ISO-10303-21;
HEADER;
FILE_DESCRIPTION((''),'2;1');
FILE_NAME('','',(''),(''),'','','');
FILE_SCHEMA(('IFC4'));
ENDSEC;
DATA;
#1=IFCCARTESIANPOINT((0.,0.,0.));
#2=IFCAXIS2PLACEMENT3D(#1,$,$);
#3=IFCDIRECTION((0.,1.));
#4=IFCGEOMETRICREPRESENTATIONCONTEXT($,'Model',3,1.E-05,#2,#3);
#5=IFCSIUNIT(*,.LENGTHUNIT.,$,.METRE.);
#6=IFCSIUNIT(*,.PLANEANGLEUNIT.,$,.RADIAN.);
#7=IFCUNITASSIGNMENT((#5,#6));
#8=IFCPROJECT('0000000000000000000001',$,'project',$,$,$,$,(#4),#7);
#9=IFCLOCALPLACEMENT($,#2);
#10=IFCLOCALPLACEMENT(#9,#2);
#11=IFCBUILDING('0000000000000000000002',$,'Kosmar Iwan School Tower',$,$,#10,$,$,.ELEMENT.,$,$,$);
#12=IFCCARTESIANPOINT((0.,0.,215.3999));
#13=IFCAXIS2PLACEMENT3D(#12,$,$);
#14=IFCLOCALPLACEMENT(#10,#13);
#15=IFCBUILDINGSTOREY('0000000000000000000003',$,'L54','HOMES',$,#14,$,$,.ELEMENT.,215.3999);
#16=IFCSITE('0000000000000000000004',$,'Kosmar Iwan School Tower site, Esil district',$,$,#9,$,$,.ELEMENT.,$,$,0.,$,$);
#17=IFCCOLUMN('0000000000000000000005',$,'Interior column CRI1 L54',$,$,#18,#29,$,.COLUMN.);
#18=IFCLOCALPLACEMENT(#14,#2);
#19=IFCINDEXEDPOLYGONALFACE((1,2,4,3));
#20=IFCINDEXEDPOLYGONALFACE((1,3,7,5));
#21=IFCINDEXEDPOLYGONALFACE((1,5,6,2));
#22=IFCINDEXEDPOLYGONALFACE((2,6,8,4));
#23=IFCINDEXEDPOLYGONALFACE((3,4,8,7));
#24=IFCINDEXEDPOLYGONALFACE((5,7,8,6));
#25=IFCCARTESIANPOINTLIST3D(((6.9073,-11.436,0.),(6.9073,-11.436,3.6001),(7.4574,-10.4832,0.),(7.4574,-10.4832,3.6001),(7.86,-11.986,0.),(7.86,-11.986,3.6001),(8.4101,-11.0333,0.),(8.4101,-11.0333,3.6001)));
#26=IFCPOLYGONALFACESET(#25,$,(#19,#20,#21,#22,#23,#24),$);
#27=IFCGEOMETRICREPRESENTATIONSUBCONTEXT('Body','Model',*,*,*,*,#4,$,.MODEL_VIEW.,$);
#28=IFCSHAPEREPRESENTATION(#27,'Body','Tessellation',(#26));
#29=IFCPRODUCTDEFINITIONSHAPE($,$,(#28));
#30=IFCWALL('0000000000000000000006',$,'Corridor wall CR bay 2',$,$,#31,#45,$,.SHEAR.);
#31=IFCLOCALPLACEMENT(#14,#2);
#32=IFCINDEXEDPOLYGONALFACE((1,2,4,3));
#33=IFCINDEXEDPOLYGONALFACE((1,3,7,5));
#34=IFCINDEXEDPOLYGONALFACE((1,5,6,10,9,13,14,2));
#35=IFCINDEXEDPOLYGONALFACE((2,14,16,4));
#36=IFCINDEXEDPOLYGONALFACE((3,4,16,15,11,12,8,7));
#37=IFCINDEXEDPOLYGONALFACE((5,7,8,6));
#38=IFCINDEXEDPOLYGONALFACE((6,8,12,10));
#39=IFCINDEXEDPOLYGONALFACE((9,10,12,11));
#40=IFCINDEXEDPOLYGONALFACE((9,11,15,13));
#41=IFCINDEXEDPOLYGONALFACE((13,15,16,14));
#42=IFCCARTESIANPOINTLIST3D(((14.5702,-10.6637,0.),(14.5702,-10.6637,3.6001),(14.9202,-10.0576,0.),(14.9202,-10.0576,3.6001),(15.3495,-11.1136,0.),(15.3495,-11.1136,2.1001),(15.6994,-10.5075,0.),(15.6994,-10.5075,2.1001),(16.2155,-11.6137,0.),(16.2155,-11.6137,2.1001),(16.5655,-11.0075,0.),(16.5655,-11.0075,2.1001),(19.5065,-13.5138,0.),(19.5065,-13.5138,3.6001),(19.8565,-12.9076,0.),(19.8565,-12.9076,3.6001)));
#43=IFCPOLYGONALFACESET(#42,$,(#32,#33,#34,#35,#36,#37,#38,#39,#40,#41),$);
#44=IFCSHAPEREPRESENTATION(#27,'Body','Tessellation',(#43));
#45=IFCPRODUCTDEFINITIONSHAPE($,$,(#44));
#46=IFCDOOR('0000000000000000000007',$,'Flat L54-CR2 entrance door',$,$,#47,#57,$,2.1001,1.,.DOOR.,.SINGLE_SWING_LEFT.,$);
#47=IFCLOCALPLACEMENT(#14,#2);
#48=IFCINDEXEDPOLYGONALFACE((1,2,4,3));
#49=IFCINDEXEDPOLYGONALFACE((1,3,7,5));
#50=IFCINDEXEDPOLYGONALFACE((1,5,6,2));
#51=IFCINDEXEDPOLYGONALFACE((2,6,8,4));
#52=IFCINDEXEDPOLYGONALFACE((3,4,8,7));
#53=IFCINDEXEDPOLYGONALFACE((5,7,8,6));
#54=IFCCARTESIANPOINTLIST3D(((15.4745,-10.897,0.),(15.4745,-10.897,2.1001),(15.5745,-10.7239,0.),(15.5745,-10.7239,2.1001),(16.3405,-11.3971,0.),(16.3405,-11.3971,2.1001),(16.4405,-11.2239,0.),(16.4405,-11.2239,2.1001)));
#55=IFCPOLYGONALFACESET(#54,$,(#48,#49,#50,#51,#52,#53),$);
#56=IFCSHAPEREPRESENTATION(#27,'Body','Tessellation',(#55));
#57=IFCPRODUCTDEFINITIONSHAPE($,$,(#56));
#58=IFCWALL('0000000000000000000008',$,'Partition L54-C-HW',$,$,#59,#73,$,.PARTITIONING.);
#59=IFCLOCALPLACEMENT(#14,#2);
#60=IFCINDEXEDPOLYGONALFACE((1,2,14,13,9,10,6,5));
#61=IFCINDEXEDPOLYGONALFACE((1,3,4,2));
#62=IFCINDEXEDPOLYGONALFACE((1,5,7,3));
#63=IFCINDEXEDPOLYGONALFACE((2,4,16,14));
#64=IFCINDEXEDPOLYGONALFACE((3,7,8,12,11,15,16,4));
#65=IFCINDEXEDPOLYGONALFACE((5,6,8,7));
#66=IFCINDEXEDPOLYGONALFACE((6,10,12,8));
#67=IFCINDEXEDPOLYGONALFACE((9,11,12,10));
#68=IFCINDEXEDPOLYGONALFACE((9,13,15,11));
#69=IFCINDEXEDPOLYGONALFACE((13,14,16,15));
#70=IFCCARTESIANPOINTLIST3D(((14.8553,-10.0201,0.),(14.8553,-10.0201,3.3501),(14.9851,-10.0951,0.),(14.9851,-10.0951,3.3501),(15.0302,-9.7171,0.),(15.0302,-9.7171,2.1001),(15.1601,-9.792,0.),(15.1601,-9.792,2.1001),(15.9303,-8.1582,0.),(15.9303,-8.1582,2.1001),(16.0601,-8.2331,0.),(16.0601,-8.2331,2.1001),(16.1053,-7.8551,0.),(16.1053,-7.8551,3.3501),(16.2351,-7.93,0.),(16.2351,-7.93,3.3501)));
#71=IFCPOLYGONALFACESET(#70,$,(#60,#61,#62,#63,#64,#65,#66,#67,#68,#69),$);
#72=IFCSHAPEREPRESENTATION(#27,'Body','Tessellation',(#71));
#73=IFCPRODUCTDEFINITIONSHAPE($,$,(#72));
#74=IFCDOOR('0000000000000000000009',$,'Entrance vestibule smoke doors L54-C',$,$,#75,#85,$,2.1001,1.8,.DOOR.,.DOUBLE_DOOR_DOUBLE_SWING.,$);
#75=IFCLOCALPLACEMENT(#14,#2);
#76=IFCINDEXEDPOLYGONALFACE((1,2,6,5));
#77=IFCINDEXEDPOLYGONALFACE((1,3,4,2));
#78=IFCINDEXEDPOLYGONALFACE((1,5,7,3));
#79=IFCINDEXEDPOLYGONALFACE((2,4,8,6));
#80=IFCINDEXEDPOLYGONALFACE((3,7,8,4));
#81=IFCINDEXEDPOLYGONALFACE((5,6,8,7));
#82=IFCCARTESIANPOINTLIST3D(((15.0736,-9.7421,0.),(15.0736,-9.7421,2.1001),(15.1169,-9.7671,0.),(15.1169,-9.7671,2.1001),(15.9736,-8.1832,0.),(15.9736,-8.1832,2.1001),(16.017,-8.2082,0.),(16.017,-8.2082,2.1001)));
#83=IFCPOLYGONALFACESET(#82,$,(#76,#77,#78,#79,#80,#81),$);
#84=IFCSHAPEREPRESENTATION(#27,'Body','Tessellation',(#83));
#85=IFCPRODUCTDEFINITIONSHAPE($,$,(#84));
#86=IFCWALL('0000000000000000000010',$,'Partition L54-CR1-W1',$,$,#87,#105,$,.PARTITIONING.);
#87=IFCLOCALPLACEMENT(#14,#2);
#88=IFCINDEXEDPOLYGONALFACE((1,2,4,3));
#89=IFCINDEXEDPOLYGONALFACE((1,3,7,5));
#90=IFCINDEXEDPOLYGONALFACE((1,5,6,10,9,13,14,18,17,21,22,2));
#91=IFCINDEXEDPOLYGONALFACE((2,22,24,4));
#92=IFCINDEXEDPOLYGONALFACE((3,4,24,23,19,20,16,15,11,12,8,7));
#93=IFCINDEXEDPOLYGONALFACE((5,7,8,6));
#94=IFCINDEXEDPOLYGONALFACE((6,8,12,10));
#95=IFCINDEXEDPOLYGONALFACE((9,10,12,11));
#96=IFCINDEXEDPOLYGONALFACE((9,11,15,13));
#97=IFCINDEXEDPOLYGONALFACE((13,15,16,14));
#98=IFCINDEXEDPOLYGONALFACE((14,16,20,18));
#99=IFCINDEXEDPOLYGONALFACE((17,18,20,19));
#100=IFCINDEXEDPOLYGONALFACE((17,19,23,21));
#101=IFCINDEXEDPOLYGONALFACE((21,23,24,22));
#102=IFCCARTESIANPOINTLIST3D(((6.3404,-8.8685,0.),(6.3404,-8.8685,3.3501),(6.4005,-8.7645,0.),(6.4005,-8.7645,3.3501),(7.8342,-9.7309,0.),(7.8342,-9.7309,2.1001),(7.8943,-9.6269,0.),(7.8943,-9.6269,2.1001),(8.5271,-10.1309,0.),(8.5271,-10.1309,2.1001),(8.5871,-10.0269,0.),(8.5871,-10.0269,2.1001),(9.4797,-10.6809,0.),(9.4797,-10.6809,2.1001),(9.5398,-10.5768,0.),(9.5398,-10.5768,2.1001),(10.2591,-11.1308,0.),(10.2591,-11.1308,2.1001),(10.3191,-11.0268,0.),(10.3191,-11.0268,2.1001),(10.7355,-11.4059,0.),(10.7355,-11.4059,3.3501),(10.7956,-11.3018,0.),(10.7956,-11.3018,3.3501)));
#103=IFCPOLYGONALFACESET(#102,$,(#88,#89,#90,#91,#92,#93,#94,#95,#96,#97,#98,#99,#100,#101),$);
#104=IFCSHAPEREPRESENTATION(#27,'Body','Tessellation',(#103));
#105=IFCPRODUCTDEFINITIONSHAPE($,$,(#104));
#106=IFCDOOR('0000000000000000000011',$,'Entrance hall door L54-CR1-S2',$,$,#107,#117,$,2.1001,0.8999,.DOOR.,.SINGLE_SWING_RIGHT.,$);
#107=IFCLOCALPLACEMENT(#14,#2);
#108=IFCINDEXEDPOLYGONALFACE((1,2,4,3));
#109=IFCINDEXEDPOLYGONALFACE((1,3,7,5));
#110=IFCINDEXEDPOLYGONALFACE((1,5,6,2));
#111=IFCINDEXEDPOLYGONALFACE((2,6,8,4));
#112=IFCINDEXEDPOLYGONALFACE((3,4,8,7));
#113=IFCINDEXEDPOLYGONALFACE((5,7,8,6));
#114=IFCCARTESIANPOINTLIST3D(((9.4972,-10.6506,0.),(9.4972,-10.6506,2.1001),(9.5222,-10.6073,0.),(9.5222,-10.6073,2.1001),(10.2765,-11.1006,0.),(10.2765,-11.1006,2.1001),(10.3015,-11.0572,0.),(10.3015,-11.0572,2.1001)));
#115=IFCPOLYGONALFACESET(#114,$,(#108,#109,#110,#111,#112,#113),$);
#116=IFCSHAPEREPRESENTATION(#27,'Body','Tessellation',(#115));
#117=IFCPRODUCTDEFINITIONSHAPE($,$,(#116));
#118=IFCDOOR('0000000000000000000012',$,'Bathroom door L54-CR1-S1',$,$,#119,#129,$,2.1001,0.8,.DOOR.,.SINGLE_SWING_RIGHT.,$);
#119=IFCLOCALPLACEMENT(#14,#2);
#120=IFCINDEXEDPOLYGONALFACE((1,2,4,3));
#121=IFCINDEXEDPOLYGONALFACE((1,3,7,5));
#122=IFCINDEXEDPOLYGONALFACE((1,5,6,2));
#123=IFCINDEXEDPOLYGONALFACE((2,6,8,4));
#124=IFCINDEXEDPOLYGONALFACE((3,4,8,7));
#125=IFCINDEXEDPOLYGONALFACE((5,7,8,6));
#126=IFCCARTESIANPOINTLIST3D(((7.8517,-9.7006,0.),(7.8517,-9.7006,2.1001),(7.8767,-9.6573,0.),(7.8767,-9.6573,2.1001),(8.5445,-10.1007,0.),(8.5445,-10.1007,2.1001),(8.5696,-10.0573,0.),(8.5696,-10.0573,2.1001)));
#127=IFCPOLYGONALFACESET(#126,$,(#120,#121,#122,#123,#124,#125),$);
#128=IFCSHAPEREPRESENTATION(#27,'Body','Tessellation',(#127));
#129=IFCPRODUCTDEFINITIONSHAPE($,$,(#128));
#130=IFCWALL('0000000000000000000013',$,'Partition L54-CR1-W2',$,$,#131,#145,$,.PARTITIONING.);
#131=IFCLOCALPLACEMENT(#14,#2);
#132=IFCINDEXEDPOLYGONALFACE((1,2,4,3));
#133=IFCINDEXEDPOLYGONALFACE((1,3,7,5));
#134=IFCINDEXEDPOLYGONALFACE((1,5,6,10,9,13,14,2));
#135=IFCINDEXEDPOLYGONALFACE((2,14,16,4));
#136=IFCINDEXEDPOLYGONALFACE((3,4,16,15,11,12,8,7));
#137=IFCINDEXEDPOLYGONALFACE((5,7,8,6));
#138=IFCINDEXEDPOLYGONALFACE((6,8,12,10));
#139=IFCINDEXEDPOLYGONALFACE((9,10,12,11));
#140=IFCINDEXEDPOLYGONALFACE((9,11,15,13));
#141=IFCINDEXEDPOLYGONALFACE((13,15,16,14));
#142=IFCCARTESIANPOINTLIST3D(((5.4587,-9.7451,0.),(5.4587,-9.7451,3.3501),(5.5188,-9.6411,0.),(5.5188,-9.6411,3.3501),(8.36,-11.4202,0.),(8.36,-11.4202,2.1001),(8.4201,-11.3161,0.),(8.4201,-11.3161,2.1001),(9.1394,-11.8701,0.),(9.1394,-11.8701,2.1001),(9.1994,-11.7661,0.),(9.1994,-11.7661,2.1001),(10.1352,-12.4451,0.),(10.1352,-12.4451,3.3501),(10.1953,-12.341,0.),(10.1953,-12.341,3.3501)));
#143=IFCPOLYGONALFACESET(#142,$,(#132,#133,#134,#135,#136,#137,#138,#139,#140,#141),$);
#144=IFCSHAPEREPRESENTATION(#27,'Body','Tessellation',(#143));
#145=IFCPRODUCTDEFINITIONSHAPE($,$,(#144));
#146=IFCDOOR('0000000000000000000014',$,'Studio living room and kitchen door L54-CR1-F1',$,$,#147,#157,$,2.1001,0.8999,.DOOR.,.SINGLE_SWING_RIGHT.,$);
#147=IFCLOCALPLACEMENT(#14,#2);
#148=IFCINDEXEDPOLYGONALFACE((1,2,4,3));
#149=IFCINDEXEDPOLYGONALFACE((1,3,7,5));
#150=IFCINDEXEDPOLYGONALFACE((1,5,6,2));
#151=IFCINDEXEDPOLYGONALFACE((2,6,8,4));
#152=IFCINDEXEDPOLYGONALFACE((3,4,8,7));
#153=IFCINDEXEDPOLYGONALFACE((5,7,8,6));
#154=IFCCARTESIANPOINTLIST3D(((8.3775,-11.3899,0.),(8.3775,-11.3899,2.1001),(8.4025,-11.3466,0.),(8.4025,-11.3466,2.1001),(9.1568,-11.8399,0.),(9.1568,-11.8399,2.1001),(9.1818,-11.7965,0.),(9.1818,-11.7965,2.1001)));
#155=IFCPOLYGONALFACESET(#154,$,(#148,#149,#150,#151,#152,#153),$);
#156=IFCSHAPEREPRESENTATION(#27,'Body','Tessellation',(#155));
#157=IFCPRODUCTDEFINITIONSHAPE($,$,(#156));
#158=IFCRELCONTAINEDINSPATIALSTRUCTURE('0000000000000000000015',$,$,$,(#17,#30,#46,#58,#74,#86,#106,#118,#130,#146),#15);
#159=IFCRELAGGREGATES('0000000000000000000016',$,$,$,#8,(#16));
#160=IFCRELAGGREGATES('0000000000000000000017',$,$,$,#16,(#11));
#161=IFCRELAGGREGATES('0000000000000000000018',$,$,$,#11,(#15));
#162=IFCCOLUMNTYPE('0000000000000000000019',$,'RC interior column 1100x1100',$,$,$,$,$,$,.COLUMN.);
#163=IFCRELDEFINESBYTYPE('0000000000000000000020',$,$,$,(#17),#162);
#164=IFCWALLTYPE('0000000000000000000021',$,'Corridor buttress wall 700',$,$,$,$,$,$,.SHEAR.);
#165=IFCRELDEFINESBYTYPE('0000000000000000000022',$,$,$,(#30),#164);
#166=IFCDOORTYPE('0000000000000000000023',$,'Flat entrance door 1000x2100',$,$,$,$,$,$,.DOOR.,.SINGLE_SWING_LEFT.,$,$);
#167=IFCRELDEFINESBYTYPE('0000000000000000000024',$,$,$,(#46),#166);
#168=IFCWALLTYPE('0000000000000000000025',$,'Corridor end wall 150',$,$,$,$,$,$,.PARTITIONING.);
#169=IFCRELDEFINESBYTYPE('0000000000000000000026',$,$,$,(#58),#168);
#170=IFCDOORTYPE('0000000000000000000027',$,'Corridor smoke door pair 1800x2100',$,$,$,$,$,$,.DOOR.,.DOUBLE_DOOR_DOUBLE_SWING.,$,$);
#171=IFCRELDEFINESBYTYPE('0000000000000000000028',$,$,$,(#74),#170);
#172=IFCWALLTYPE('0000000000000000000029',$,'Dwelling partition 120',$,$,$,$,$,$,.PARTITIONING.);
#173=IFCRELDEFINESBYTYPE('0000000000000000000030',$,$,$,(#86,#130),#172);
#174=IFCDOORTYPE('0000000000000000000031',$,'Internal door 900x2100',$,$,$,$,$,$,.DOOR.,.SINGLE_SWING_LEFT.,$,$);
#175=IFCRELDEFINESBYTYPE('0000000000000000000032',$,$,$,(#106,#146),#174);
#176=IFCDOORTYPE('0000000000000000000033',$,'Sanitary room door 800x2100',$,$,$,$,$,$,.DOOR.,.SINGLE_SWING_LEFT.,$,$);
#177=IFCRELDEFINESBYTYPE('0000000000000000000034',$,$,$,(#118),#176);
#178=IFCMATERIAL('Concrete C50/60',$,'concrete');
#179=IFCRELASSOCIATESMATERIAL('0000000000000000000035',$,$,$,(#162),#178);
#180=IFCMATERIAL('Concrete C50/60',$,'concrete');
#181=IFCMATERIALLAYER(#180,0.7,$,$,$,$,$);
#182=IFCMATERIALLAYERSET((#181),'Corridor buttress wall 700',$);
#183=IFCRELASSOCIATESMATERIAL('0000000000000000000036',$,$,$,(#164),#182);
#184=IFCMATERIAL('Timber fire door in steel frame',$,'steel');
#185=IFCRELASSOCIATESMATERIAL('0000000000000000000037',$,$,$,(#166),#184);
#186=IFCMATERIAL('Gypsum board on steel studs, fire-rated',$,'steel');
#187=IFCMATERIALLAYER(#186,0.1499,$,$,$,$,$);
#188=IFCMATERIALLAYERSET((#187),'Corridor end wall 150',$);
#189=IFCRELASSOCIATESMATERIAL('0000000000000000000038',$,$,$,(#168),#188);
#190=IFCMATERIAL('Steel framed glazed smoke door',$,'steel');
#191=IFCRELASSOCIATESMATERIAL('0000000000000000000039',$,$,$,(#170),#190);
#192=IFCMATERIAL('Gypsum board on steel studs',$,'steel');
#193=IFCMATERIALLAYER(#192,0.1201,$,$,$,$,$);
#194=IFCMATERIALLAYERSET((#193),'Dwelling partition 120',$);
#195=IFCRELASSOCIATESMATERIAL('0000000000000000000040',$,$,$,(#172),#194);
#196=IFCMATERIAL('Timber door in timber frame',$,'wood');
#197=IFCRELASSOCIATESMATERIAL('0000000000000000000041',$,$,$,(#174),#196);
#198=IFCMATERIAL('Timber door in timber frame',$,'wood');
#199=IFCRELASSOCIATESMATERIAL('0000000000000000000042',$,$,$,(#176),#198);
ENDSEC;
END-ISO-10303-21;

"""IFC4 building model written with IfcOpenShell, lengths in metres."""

from ifc_helpers import new_model, si_unit, direction, frame, frame_2d, origin, origin_2d, place, context, subcontext, project, spatial, rectangle, extrude, material, layer, layer_set, material_profile, profile_set, type_object, element, fill, save


model = new_model("IFC4")

# Units and contexts
model_context = context("Model", 3, precision=1e-05, world=origin(), true_north=direction((0.0, 1.0)))
body_context = subcontext(model_context, "Body", "Model", "MODEL_VIEW")
ifc_project = project(units=[si_unit("LENGTHUNIT", "METRE"), si_unit("PLANEANGLEUNIT", "RADIAN")], contexts=[model_context])

# Site, building, storey
site_placement = place(None, origin())
site = spatial("IfcSite", under=ifc_project, at=site_placement, Name="Kosmar Iwan School Tower site, Esil district", CompositionType="ELEMENT", RefElevation=0.0)
building_placement = place(site_placement, origin())
building = spatial("IfcBuilding", under=site, at=building_placement, Name="Kosmar Iwan School Tower", CompositionType="ELEMENT")
storey_placement = place(building_placement, frame((0.0, 0.0, 215.3999)))
storey = spatial("IfcBuildingStorey", under=building, at=storey_placement, Name="L54", Description="HOMES", CompositionType="ELEMENT", Elevation=215.3999)

# Column
ifc_material_1 = material(Name="Concrete C50/60", Category="concrete")
ifc_material_profile = material_profile(ifc_material_1, rectangle(XDim=1.1001, YDim=1.1001, at=origin_2d()), Name="RC 1100x1100")
ifc_profile_set = profile_set([ifc_material_profile], Name="Concrete C50/60")
column_type = type_object("IfcColumnType", Name="RC interior column 1100x1100", PredefinedType="COLUMN", material=ifc_profile_set)
column_placement = place(storey_placement, frame((7.6587, -11.2346, 0.0), z_axis=(0.0, 0.0, 1.0), x_axis=(0.866025, -0.5, 0.0)))
element("IfcColumn", 1, at=column_placement, inside=storey, type_object=column_type, Name="Interior column CRI1 L54", PredefinedType="COLUMN", context=body_context, shape_type="SweptSolid", body=[
    extrude(rectangle(XDim=1.1001, YDim=1.1001, at=origin_2d()), origin(), (0.0, 0.0, 1.0), 3.6001),
])

# Walls, openings, doors
ifc_material_2 = material(Name="Concrete C50/60", Category="concrete")
ifc_layer_1 = layer(ifc_material_2, 0.7)
ifc_layer_set_1 = layer_set([ifc_layer_1], Name="Corridor buttress wall 700")
wall_type_1 = type_object("IfcWallType", Name="Corridor buttress wall 700", PredefinedType="SHEAR", material=ifc_layer_set_1)
wall_1_placement = place(storey_placement, frame((14.7451, -10.3606, 0.0), z_axis=(0.0, 0.0, 1.0), x_axis=(0.866015, -0.500018, 0.0)))
wall_1 = element("IfcWall", 2, at=wall_1_placement, inside=storey, type_object=wall_type_1, Name="Corridor wall CR bay 2", PredefinedType="SHEAR", context=body_context, shape_type="SweptSolid", body=[
    extrude(rectangle(XDim=5.7, YDim=0.7, at=frame_2d((2.8501, 0.0))), origin(), (0.0, 0.0, 1.0), 3.6001),
])
opening_1_placement = place(wall_1_placement, frame((0.8999, 0.0, 0.0)))
opening_1 = element("IfcOpeningElement", 3, at=opening_1_placement, cuts=wall_1, PredefinedType="OPENING", context=body_context, shape_type="SweptSolid", body=[
    extrude(rectangle(XDim=1.0, YDim=2.1001, at=frame_2d((0.5, 1.05))), frame((0.0, 0.3621, 0.0), z_axis=(0.0, -1.0, 0.0), x_axis=(1.0, 0.0, 0.0)), (0.0, 0.0, 1.0), 0.7239),
])
ifc_material_3 = material(Name="Timber fire door in steel frame", Category="steel")
door_type_1 = type_object("IfcDoorType", Name="Flat entrance door 1000x2100", OperationType="SINGLE_SWING_LEFT", PredefinedType="DOOR", material=ifc_material_3)
door_1_placement = place(opening_1_placement, origin())
door_1 = element("IfcDoor", 4, at=door_1_placement, inside=storey, type_object=door_type_1, Name="Flat L54-CR2 entrance door", OperationType="SINGLE_SWING_LEFT", OverallHeight=2.1001, OverallWidth=1.0, PredefinedType="DOOR", context=body_context, shape_type="SweptSolid", body=[
    extrude(rectangle(XDim=1.0, YDim=2.1001, at=frame_2d((0.5, 1.05))), frame((0.0, 0.1001, 0.0), z_axis=(0.0, -1.0, 0.0), x_axis=(1.0, 0.0, 0.0)), (0.0, 0.0, 1.0), 0.2),
])
fill(opening_1, door_1)
ifc_material_4 = material(Name="Gypsum board on steel studs, fire-rated", Category="steel")
ifc_layer_2 = layer(ifc_material_4, 0.1499)
ifc_layer_set_2 = layer_set([ifc_layer_2], Name="Corridor end wall 150")
wall_type_2 = type_object("IfcWallType", Name="Corridor end wall 150", PredefinedType="PARTITIONING", material=ifc_layer_set_2)
wall_2_placement = place(storey_placement, frame((14.9202, -10.0576, 0.0), z_axis=(0.0, 0.0, 1.0), x_axis=(0.500004, 0.866023, 0.0)))
wall_2 = element("IfcWall", 5, at=wall_2_placement, inside=storey, type_object=wall_type_2, Name="Partition L54-C-HW", PredefinedType="PARTITIONING", context=body_context, shape_type="SweptSolid", body=[
    extrude(rectangle(XDim=2.5, YDim=0.1499, at=frame_2d((1.25, 0.0))), origin(), (0.0, 0.0, 1.0), 3.3501),
])
opening_2_placement = place(wall_2_placement, frame((0.3501, 0.0, 0.0)))
opening_2 = element("IfcOpeningElement", 6, at=opening_2_placement, cuts=wall_2, PredefinedType="OPENING", context=body_context, shape_type="SweptSolid", body=[
    extrude(rectangle(XDim=1.8, YDim=2.1001, at=frame_2d((0.8999, 1.05))), frame((0.0, 0.0869, 0.0), z_axis=(0.0, -1.0, 0.0), x_axis=(1.0, 0.0, 0.0)), (0.0, 0.0, 1.0), 0.1738),
])
ifc_material_5 = material(Name="Steel framed glazed smoke door", Category="steel")
door_type_2 = type_object("IfcDoorType", Name="Corridor smoke door pair 1800x2100", OperationType="DOUBLE_DOOR_DOUBLE_SWING", PredefinedType="DOOR", material=ifc_material_5)
door_2_placement = place(opening_2_placement, origin())
door_2 = element("IfcDoor", 7, at=door_2_placement, inside=storey, type_object=door_type_2, Name="Entrance vestibule smoke doors L54-C", OperationType="DOUBLE_DOOR_DOUBLE_SWING", OverallHeight=2.1001, OverallWidth=1.8, PredefinedType="DOOR", context=body_context, shape_type="SweptSolid", body=[
    extrude(rectangle(XDim=1.8, YDim=2.1001, at=frame_2d((0.8999, 1.05))), frame((0.0, 0.0249, 0.0), z_axis=(0.0, -1.0, 0.0), x_axis=(1.0, 0.0, 0.0)), (0.0, 0.0, 1.0), 0.05),
])
fill(opening_2, door_2)

# Wall, openings, doors
ifc_material_6 = material(Name="Gypsum board on steel studs", Category="steel")
ifc_layer_3 = layer(ifc_material_6, 0.1201)
ifc_layer_set_3 = layer_set([ifc_layer_3], Name="Dwelling partition 120")
wall_type_3 = type_object("IfcWallType", Name="Dwelling partition 120", PredefinedType="PARTITIONING", material=ifc_layer_set_3)
wall_3_placement = place(storey_placement, frame((6.3704, -8.8164, 0.0), z_axis=(0.0, 0.0, 1.0), x_axis=(0.866035, -0.499983, 0.0)))
wall_3 = element("IfcWall", 8, at=wall_3_placement, inside=storey, type_object=wall_type_3, Name="Partition L54-CR1-W1", PredefinedType="PARTITIONING", context=body_context, shape_type="SweptSolid", body=[
    extrude(rectangle(XDim=5.075, YDim=0.1201, at=frame_2d((2.5376, 0.0))), origin(), (0.0, 0.0, 1.0), 3.3501),
])
opening_3_placement = place(wall_3_placement, frame((1.7251, 0.0, 0.0)))
opening_3 = element("IfcOpeningElement", 9, at=opening_3_placement, cuts=wall_3, PredefinedType="OPENING", context=body_context, shape_type="SweptSolid", body=[
    extrude(rectangle(XDim=0.8, YDim=2.1001, at=frame_2d((0.3999, 1.05))), frame((0.0, 0.072, 0.0), z_axis=(0.0, -1.0, 0.0), x_axis=(1.0, 0.0, 0.0)), (0.0, 0.0, 1.0), 0.144),
])
opening_4_placement = place(wall_3_placement, frame((3.625, 0.0, 0.0)))
opening_4 = element("IfcOpeningElement", 10, at=opening_4_placement, cuts=wall_3, PredefinedType="OPENING", context=body_context, shape_type="SweptSolid", body=[
    extrude(rectangle(XDim=0.8999, YDim=2.1001, at=frame_2d((0.45, 1.05))), frame((0.0, 0.072, 0.0), z_axis=(0.0, -1.0, 0.0), x_axis=(1.0, 0.0, 0.0)), (0.0, 0.0, 1.0), 0.144),
])
ifc_material_7 = material(Name="Timber door in timber frame", Category="wood")
door_type_3 = type_object("IfcDoorType", Name="Internal door 900x2100", OperationType="SINGLE_SWING_LEFT", PredefinedType="DOOR", material=ifc_material_7)
door_3_placement = place(opening_4_placement, origin())
door_3 = element("IfcDoor", 11, at=door_3_placement, inside=storey, type_object=door_type_3, Name="Entrance hall door L54-CR1-S2", OperationType="SINGLE_SWING_RIGHT", OverallHeight=2.1001, OverallWidth=0.8999, PredefinedType="DOOR", context=body_context, shape_type="SweptSolid", body=[
    extrude(rectangle(XDim=0.8999, YDim=2.1001, at=frame_2d((0.45, 1.05))), frame((0.0, 0.0249, 0.0), z_axis=(0.0, -1.0, 0.0), x_axis=(1.0, 0.0, 0.0)), (0.0, 0.0, 1.0), 0.05),
])
fill(opening_4, door_3)
ifc_material_8 = material(Name="Timber door in timber frame", Category="wood")
door_type_4 = type_object("IfcDoorType", Name="Sanitary room door 800x2100", OperationType="SINGLE_SWING_LEFT", PredefinedType="DOOR", material=ifc_material_8)
door_4_placement = place(opening_3_placement, origin())
door_4 = element("IfcDoor", 12, at=door_4_placement, inside=storey, type_object=door_type_4, Name="Bathroom door L54-CR1-S1", OperationType="SINGLE_SWING_RIGHT", OverallHeight=2.1001, OverallWidth=0.8, PredefinedType="DOOR", context=body_context, shape_type="SweptSolid", body=[
    extrude(rectangle(XDim=0.8, YDim=2.1001, at=frame_2d((0.3999, 1.05))), frame((0.0, 0.0249, 0.0), z_axis=(0.0, -1.0, 0.0), x_axis=(1.0, 0.0, 0.0)), (0.0, 0.0, 1.0), 0.05),
])
fill(opening_3, door_4)

# Wall, opening, door
wall_4_placement = place(storey_placement, frame((5.4888, -9.6931, 0.0), z_axis=(0.0, 0.0, 1.0), x_axis=(0.866028, -0.499995, 0.0)))
wall_4 = element("IfcWall", 13, at=wall_4_placement, inside=storey, type_object=wall_type_3, Name="Partition L54-CR1-W2", PredefinedType="PARTITIONING", context=body_context, shape_type="SweptSolid", body=[
    extrude(rectangle(XDim=5.3999, YDim=0.1201, at=frame_2d((2.7, 0.0))), origin(), (0.0, 0.0, 1.0), 3.3501),
])
opening_5_placement = place(wall_4_placement, frame((3.3501, 0.0, 0.0)))
opening_5 = element("IfcOpeningElement", 14, at=opening_5_placement, cuts=wall_4, PredefinedType="OPENING", context=body_context, shape_type="SweptSolid", body=[
    extrude(rectangle(XDim=0.8999, YDim=2.1001, at=frame_2d((0.45, 1.05))), frame((0.0, 0.072, 0.0), z_axis=(0.0, -1.0, 0.0), x_axis=(1.0, 0.0, 0.0)), (0.0, 0.0, 1.0), 0.144),
])
door_5_placement = place(opening_5_placement, origin())
door_5 = element("IfcDoor", 15, at=door_5_placement, inside=storey, type_object=door_type_3, Name="Studio living room and kitchen door L54-CR1-F1", OperationType="SINGLE_SWING_RIGHT", OverallHeight=2.1001, OverallWidth=0.8999, PredefinedType="DOOR", context=body_context, shape_type="SweptSolid", body=[
    extrude(rectangle(XDim=0.8999, YDim=2.1001, at=frame_2d((0.45, 1.05))), frame((0.0, 0.0249, 0.0), z_axis=(0.0, -1.0, 0.0), x_axis=(1.0, 0.0, 0.0)), (0.0, 0.0, 1.0), 0.05),
])
fill(opening_5, door_5)

save(model, "model.ifc")
